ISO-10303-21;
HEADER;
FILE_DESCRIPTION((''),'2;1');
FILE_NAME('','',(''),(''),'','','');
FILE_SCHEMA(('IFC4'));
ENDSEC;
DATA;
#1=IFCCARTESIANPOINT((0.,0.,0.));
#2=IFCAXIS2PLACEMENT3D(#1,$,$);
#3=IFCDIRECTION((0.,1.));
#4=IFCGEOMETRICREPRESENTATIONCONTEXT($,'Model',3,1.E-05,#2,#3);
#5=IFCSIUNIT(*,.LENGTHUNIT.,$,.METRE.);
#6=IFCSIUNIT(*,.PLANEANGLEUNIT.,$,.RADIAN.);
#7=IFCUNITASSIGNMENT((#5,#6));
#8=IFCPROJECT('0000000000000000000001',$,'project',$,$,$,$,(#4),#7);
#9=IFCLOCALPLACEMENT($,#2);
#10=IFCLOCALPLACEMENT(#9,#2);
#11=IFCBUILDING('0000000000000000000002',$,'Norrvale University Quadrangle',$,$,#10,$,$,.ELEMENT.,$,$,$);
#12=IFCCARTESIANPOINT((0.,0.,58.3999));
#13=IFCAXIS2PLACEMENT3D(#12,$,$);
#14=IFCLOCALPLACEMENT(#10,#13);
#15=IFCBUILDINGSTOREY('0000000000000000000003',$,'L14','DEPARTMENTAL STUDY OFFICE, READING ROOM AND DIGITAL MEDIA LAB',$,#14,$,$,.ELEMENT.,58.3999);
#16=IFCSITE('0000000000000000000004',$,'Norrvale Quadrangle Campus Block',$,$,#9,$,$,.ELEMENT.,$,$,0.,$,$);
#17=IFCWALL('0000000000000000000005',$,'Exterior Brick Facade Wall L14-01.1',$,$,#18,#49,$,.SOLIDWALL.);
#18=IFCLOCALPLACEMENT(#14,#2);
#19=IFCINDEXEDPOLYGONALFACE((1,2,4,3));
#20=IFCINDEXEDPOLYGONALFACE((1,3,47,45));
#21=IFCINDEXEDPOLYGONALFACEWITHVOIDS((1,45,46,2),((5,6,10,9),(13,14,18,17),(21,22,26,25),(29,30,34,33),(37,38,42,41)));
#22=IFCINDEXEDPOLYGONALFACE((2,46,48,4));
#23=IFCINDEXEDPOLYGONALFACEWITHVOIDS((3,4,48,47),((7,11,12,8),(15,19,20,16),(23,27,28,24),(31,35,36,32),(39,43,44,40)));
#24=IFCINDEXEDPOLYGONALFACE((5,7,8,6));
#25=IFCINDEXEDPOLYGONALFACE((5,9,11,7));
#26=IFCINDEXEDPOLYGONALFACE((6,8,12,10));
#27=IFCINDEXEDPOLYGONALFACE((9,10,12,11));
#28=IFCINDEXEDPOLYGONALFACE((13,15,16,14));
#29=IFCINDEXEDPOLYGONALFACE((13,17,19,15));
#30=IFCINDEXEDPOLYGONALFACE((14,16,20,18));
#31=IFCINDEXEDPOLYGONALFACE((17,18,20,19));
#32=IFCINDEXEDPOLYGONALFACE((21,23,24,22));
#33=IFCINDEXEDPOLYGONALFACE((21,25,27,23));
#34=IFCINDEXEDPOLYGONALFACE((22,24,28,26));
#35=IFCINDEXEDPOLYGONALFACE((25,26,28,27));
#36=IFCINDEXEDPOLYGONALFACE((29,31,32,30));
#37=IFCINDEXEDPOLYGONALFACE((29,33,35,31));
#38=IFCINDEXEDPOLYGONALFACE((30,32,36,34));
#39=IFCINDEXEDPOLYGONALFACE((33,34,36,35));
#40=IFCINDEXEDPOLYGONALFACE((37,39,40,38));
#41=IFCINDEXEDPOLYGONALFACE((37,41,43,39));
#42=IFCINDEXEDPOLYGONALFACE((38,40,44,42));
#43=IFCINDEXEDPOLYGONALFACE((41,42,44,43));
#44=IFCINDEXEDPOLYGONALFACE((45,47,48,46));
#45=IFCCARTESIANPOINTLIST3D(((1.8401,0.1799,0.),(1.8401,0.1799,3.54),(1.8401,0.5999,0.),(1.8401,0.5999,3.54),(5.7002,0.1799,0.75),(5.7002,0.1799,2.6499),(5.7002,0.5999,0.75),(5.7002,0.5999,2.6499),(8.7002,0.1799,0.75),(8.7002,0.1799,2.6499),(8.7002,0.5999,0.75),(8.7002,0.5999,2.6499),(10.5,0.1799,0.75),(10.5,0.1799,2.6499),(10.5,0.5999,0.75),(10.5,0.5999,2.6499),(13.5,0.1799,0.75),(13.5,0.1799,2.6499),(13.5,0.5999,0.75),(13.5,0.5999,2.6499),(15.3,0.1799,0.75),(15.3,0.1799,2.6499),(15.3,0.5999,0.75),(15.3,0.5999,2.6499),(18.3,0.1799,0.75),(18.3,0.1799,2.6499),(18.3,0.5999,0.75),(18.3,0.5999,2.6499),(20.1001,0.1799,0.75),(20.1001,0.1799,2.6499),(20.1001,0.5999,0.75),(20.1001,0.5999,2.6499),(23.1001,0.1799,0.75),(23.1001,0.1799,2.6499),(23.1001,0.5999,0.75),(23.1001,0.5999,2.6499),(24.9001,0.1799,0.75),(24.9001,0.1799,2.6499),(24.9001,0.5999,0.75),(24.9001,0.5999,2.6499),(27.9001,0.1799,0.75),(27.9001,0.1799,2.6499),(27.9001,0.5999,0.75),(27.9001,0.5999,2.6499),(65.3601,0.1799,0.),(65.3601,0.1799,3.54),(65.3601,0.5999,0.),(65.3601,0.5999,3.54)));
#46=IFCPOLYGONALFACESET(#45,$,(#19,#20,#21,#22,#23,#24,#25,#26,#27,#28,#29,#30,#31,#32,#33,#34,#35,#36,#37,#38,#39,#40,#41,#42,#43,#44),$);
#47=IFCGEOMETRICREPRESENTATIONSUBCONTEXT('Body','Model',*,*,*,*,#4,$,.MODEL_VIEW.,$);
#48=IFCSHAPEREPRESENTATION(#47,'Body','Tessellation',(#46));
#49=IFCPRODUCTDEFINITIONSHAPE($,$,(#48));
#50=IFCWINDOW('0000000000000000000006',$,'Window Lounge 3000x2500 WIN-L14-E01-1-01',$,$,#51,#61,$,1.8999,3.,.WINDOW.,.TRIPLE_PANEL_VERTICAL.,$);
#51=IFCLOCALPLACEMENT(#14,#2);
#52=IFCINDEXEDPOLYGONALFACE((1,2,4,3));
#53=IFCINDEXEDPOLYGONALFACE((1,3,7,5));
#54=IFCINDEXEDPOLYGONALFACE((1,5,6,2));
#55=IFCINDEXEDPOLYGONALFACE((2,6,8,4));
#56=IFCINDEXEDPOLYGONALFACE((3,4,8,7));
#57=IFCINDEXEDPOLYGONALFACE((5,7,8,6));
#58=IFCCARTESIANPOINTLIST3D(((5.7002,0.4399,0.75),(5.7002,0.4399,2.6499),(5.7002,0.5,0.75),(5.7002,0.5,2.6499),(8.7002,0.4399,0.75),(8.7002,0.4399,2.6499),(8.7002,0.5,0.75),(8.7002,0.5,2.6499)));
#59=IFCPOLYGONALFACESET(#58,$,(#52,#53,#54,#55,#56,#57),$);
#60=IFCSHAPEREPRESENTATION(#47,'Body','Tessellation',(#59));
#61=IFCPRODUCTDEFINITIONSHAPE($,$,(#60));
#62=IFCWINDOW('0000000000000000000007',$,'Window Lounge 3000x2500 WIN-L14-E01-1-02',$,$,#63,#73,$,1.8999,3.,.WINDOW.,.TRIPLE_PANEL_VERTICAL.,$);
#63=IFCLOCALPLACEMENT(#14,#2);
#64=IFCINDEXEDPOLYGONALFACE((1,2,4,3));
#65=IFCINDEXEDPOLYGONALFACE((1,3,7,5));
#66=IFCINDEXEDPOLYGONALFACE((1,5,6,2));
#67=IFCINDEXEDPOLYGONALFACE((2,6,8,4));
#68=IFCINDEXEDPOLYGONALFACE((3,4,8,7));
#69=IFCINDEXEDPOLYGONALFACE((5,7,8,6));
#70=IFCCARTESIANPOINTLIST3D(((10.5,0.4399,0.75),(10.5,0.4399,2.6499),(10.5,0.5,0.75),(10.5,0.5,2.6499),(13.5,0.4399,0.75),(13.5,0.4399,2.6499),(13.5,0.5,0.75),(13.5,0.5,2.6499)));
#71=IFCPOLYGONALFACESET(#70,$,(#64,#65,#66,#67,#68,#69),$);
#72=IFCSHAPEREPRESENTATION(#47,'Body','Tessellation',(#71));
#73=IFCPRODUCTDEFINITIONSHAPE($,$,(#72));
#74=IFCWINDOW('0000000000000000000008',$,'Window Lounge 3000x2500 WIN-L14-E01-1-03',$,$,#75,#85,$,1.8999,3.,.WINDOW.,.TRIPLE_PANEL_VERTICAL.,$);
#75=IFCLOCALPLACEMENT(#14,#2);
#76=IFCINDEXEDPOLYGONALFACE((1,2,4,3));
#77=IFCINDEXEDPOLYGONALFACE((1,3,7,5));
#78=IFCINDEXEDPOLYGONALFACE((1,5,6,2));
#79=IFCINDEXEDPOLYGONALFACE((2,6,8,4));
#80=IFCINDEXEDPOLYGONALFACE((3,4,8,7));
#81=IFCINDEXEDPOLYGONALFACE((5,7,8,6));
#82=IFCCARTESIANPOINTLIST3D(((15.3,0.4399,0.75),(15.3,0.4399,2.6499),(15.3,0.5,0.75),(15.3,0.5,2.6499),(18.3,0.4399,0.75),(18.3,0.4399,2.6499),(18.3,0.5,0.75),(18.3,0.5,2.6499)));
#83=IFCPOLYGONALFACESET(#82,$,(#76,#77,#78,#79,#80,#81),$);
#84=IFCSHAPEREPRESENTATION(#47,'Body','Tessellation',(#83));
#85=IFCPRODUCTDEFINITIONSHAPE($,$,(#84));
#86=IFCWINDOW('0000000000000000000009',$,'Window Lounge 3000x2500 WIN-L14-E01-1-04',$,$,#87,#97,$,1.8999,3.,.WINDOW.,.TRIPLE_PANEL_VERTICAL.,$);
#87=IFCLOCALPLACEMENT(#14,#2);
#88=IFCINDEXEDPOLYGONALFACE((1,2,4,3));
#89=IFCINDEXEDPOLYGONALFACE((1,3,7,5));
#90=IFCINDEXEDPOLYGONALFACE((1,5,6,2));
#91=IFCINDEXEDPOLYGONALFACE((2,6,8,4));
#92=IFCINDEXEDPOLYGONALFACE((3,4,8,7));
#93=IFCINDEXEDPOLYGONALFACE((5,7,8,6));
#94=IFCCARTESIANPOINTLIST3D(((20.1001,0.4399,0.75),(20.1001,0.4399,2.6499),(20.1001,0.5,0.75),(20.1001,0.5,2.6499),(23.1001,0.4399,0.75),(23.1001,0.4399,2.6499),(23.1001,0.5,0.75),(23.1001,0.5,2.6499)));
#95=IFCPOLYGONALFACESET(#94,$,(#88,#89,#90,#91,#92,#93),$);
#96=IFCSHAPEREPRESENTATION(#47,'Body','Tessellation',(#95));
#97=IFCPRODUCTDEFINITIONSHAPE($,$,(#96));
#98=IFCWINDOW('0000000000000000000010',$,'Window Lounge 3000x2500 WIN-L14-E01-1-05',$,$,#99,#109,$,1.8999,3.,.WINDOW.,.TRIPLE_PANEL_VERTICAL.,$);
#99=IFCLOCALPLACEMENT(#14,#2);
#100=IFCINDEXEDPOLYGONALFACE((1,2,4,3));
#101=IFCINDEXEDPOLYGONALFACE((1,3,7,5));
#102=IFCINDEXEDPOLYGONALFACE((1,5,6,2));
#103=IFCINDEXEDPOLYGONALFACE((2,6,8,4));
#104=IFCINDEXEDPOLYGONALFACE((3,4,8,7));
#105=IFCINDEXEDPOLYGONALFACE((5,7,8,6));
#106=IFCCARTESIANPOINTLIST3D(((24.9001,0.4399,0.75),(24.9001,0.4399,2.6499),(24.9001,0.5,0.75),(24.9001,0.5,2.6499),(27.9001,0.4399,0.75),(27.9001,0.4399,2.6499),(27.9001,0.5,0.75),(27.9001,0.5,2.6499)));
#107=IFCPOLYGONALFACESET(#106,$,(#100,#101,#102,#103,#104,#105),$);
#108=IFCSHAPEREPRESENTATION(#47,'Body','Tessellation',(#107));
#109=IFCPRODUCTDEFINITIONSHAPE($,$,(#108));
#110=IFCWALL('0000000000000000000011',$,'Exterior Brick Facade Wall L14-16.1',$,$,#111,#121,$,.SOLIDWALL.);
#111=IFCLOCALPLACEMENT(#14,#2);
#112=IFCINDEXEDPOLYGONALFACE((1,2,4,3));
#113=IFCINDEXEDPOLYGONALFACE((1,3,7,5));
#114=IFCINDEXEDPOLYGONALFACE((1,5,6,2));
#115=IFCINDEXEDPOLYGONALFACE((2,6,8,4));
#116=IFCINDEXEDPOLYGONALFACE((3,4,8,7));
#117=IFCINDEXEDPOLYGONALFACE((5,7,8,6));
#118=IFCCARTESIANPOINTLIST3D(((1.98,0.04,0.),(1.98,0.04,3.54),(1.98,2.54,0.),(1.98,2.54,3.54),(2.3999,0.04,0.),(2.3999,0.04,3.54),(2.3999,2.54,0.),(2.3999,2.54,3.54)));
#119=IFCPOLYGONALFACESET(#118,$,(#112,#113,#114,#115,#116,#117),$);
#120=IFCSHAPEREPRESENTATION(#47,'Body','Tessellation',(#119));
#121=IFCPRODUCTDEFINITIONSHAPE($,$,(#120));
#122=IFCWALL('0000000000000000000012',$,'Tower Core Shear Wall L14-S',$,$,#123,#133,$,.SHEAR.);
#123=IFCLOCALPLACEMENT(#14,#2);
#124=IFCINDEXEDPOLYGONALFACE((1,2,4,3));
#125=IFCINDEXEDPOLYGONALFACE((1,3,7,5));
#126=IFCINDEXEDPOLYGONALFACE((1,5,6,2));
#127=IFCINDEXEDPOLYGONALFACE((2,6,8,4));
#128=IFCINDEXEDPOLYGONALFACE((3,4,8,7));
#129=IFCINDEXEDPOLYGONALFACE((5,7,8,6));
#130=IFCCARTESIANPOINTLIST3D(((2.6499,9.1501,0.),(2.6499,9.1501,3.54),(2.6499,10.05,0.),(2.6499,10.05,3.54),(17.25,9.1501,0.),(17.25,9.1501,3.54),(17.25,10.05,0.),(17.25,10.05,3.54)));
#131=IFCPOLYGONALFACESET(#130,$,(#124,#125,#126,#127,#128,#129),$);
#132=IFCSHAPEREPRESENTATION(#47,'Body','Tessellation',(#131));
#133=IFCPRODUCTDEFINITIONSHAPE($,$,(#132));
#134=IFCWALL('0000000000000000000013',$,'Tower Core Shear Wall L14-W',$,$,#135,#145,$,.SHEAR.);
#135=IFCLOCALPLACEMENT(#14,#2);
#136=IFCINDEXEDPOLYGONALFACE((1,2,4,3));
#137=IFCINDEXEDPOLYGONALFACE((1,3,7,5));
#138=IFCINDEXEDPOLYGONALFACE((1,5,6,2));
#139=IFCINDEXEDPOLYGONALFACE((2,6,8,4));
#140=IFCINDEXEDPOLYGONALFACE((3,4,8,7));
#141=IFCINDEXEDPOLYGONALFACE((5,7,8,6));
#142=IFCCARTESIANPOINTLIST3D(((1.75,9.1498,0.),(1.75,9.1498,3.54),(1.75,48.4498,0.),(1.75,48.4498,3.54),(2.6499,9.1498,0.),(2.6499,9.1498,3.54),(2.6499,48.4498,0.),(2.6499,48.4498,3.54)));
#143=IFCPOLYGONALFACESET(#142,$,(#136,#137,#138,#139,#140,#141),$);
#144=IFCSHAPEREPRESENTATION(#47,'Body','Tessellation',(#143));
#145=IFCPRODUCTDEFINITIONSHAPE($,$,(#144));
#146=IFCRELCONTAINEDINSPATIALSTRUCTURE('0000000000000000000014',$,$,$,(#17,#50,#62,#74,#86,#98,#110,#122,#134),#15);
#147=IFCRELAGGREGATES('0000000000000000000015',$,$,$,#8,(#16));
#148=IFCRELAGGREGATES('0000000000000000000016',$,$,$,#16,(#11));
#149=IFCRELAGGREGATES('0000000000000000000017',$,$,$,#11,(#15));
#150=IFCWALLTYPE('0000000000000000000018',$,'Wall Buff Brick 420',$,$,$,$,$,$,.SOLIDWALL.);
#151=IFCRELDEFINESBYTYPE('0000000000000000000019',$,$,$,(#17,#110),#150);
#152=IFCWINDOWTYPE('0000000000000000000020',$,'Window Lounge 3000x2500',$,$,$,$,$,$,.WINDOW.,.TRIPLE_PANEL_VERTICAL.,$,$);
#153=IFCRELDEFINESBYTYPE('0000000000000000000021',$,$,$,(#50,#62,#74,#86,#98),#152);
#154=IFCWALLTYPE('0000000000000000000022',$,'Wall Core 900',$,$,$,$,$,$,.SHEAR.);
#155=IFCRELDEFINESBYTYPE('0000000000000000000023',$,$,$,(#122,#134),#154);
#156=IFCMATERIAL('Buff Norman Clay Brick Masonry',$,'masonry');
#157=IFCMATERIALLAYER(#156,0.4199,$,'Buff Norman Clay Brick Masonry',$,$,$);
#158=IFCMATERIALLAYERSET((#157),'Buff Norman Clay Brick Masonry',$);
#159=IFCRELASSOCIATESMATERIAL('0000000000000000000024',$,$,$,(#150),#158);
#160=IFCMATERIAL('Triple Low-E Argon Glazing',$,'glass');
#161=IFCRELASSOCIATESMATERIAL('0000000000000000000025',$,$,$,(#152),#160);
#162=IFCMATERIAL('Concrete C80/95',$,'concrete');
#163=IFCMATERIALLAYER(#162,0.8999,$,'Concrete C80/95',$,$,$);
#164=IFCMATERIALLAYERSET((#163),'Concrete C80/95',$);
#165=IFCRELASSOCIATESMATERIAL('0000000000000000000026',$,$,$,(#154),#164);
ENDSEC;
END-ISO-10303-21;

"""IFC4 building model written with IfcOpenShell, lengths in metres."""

from ifc_helpers import new_model, si_unit, direction, frame, frame_2d, origin, place, context, subcontext, project, spatial, rectangle, extrude, material, layer, layer_set, type_object, element, fill, save


model = new_model("IFC4")

# Units and contexts
model_context = context("Model", 3, precision=1e-05, world=origin(), true_north=direction((0.0, 1.0)))
body_context = subcontext(model_context, "Body", "Model", "MODEL_VIEW")
ifc_project = project(units=[si_unit("LENGTHUNIT", "METRE"), si_unit("PLANEANGLEUNIT", "RADIAN")], contexts=[model_context])

# Site, building, storey
site_placement = place(None, origin())
site = spatial("IfcSite", under=ifc_project, at=site_placement, Name="Norrvale Quadrangle Campus Block", CompositionType="ELEMENT", RefElevation=0.0)
building_placement = place(site_placement, origin())
building = spatial("IfcBuilding", under=site, at=building_placement, Name="Norrvale University Quadrangle", CompositionType="ELEMENT")
storey_placement = place(building_placement, frame((0.0, 0.0, 58.3999)))
storey = spatial("IfcBuildingStorey", under=building, at=storey_placement, Name="L14", Description="DEPARTMENTAL STUDY OFFICE, READING ROOM AND DIGITAL MEDIA LAB", CompositionType="ELEMENT", Elevation=58.3999)

# Shared definitions
ifc_material_1 = material(Name="Concrete C80/95", Category="concrete")

# Wall, openings, windows
ifc_material_2 = material(Name="Buff Norman Clay Brick Masonry", Category="masonry")
ifc_layer_1 = layer(ifc_material_2, 0.4199, Name="Buff Norman Clay Brick Masonry")
ifc_layer_set_1 = layer_set([ifc_layer_1], Name="Buff Norman Clay Brick Masonry")
wall_type_1 = type_object("IfcWallType", Name="Wall Buff Brick 420", PredefinedType="SOLIDWALL", material=ifc_layer_set_1)
wall_1_placement = place(storey_placement, frame((1.8401, 0.3899, 0.0), z_axis=(0.0, 0.0, 1.0), x_axis=(1.0, 0.0, 0.0)))
wall_1 = element("IfcWall", 1, at=wall_1_placement, inside=storey, type_object=wall_type_1, Name="Exterior Brick Facade Wall L14-01.1", PredefinedType="SOLIDWALL", context=body_context, shape_type="SweptSolid", body=[
    extrude(rectangle(XDim=63.52, YDim=0.4199, at=frame_2d((31.76, 0.0))), origin(), (0.0, 0.0, 1.0), 3.54),
])
opening_1_placement = place(wall_1_placement, frame((3.8601, 0.0, 0.75)))
opening_1 = element("IfcOpeningElement", 2, at=opening_1_placement, cuts=wall_1, PredefinedType="OPENING", context=body_context, shape_type="SweptSolid", body=[
    extrude(rectangle(XDim=3.0, YDim=1.8999, at=frame_2d((1.5, 0.95))), frame((0.0, 0.2219, 0.0), z_axis=(0.0, -1.0, 0.0), x_axis=(1.0, 0.0, 0.0)), (0.0, 0.0, 1.0), 0.4438),
])
opening_2_placement = place(wall_1_placement, frame((8.6599, 0.0, 0.75)))
opening_2 = element("IfcOpeningElement", 3, at=opening_2_placement, cuts=wall_1, PredefinedType="OPENING", context=body_context, shape_type="SweptSolid", body=[
    extrude(rectangle(XDim=3.0, YDim=1.8999, at=frame_2d((1.5, 0.95))), frame((0.0, 0.2219, 0.0), z_axis=(0.0, -1.0, 0.0), x_axis=(1.0, 0.0, 0.0)), (0.0, 0.0, 1.0), 0.4438),
])
opening_3_placement = place(wall_1_placement, frame((13.46, 0.0, 0.75)))
opening_3 = element("IfcOpeningElement", 4, at=opening_3_placement, cuts=wall_1, PredefinedType="OPENING", context=body_context, shape_type="SweptSolid", body=[
    extrude(rectangle(XDim=3.0, YDim=1.8999, at=frame_2d((1.5, 0.95))), frame((0.0, 0.2219, 0.0), z_axis=(0.0, -1.0, 0.0), x_axis=(1.0, 0.0, 0.0)), (0.0, 0.0, 1.0), 0.4438),
])
opening_4_placement = place(wall_1_placement, frame((18.26, 0.0, 0.75)))
opening_4 = element("IfcOpeningElement", 5, at=opening_4_placement, cuts=wall_1, PredefinedType="OPENING", context=body_context, shape_type="SweptSolid", body=[
    extrude(rectangle(XDim=3.0, YDim=1.8999, at=frame_2d((1.5, 0.95))), frame((0.0, 0.2219, 0.0), z_axis=(0.0, -1.0, 0.0), x_axis=(1.0, 0.0, 0.0)), (0.0, 0.0, 1.0), 0.4438),
])
opening_5_placement = place(wall_1_placement, frame((23.0601, 0.0, 0.75)))
opening_5 = element("IfcOpeningElement", 6, at=opening_5_placement, cuts=wall_1, PredefinedType="OPENING", context=body_context, shape_type="SweptSolid", body=[
    extrude(rectangle(XDim=3.0, YDim=1.8999, at=frame_2d((1.5, 0.95))), frame((0.0, 0.2219, 0.0), z_axis=(0.0, -1.0, 0.0), x_axis=(1.0, 0.0, 0.0)), (0.0, 0.0, 1.0), 0.4438),
])
ifc_material_3 = material(Name="Triple Low-E Argon Glazing", Category="glass")
window_type = type_object("IfcWindowType", Name="Window Lounge 3000x2500", PartitioningType="TRIPLE_PANEL_VERTICAL", PredefinedType="WINDOW", material=ifc_material_3)
window_1_placement = place(opening_1_placement, origin())
window_1 = element("IfcWindow", 7, at=window_1_placement, inside=storey, type_object=window_type, Name="Window Lounge 3000x2500 WIN-L14-E01-1-01", OverallHeight=1.8999, OverallWidth=3.0, PartitioningType="TRIPLE_PANEL_VERTICAL", PredefinedType="WINDOW", context=body_context, shape_type="SweptSolid", body=[
    extrude(rectangle(XDim=3.0, YDim=1.8999, at=frame_2d((1.5, 0.95))), frame((0.0, 0.1101, 0.0), z_axis=(0.0, -1.0, 0.0), x_axis=(1.0, 0.0, 0.0)), (0.0, 0.0, 1.0), 0.0601),
])
fill(opening_1, window_1)
window_2_placement = place(opening_2_placement, origin())
window_2 = element("IfcWindow", 8, at=window_2_placement, inside=storey, type_object=window_type, Name="Window Lounge 3000x2500 WIN-L14-E01-1-02", OverallHeight=1.8999, OverallWidth=3.0, PartitioningType="TRIPLE_PANEL_VERTICAL", PredefinedType="WINDOW", context=body_context, shape_type="SweptSolid", body=[
    extrude(rectangle(XDim=3.0, YDim=1.8999, at=frame_2d((1.5, 0.95))), frame((0.0, 0.1101, 0.0), z_axis=(0.0, -1.0, 0.0), x_axis=(1.0, 0.0, 0.0)), (0.0, 0.0, 1.0), 0.0601),
])
fill(opening_2, window_2)
window_3_placement = place(opening_3_placement, origin())
window_3 = element("IfcWindow", 9, at=window_3_placement, inside=storey, type_object=window_type, Name="Window Lounge 3000x2500 WIN-L14-E01-1-03", OverallHeight=1.8999, OverallWidth=3.0, PartitioningType="TRIPLE_PANEL_VERTICAL", PredefinedType="WINDOW", context=body_context, shape_type="SweptSolid", body=[
    extrude(rectangle(XDim=3.0, YDim=1.8999, at=frame_2d((1.5, 0.95))), frame((0.0, 0.1101, 0.0), z_axis=(0.0, -1.0, 0.0), x_axis=(1.0, 0.0, 0.0)), (0.0, 0.0, 1.0), 0.0601),
])
fill(opening_3, window_3)
window_4_placement = place(opening_4_placement, origin())
window_4 = element("IfcWindow", 10, at=window_4_placement, inside=storey, type_object=window_type, Name="Window Lounge 3000x2500 WIN-L14-E01-1-04", OverallHeight=1.8999, OverallWidth=3.0, PartitioningType="TRIPLE_PANEL_VERTICAL", PredefinedType="WINDOW", context=body_context, shape_type="SweptSolid", body=[
    extrude(rectangle(XDim=3.0, YDim=1.8999, at=frame_2d((1.5, 0.95))), frame((0.0, 0.1101, 0.0), z_axis=(0.0, -1.0, 0.0), x_axis=(1.0, 0.0, 0.0)), (0.0, 0.0, 1.0), 0.0601),
])
fill(opening_4, window_4)
window_5_placement = place(opening_5_placement, origin())
window_5 = element("IfcWindow", 11, at=window_5_placement, inside=storey, type_object=window_type, Name="Window Lounge 3000x2500 WIN-L14-E01-1-05", OverallHeight=1.8999, OverallWidth=3.0, PartitioningType="TRIPLE_PANEL_VERTICAL", PredefinedType="WINDOW", context=body_context, shape_type="SweptSolid", body=[
    extrude(rectangle(XDim=3.0, YDim=1.8999, at=frame_2d((1.5, 0.95))), frame((0.0, 0.1101, 0.0), z_axis=(0.0, -1.0, 0.0), x_axis=(1.0, 0.0, 0.0)), (0.0, 0.0, 1.0), 0.0601),
])
fill(opening_5, window_5)

# Walls
wall_2_placement = place(storey_placement, frame((2.1899, 2.54, 0.0), z_axis=(0.0, 0.0, 1.0), x_axis=(0.0, -1.0, 0.0)))
element("IfcWall", 12, at=wall_2_placement, inside=storey, type_object=wall_type_1, Name="Exterior Brick Facade Wall L14-16.1", PredefinedType="SOLIDWALL", context=body_context, shape_type="SweptSolid", body=[
    extrude(rectangle(XDim=2.5, YDim=0.4199, at=frame_2d((1.25, 0.0))), origin(), (0.0, 0.0, 1.0), 3.54),
])
ifc_layer_2 = layer(ifc_material_1, 0.8999, Name="Concrete C80/95")
ifc_layer_set_2 = layer_set([ifc_layer_2], Name="Concrete C80/95")
wall_type_2 = type_object("IfcWallType", Name="Wall Core 900", PredefinedType="SHEAR", material=ifc_layer_set_2)
wall_3_placement = place(storey_placement, frame((2.6499, 9.6001, 0.0), z_axis=(0.0, 0.0, 1.0), x_axis=(1.0, 0.0, 0.0)))
element("IfcWall", 13, at=wall_3_placement, inside=storey, type_object=wall_type_2, Name="Tower Core Shear Wall L14-S", PredefinedType="SHEAR", context=body_context, shape_type="SweptSolid", body=[
    extrude(rectangle(XDim=14.6001, YDim=0.8999, at=frame_2d((7.3, 0.0))), origin(), (0.0, 0.0, 1.0), 3.54),
])
wall_4_placement = place(storey_placement, frame((2.2, 9.1499, 0.0), z_axis=(0.0, 0.0, 1.0), x_axis=(0.0, 1.0, 0.0)))
element("IfcWall", 14, at=wall_4_placement, inside=storey, type_object=wall_type_2, Name="Tower Core Shear Wall L14-W", PredefinedType="SHEAR", context=body_context, shape_type="SweptSolid", body=[
    extrude(rectangle(XDim=39.3, YDim=0.8999, at=frame_2d((19.6499, 0.0))), origin(), (0.0, 0.0, 1.0), 3.54),
])

save(model, "model.ifc")
